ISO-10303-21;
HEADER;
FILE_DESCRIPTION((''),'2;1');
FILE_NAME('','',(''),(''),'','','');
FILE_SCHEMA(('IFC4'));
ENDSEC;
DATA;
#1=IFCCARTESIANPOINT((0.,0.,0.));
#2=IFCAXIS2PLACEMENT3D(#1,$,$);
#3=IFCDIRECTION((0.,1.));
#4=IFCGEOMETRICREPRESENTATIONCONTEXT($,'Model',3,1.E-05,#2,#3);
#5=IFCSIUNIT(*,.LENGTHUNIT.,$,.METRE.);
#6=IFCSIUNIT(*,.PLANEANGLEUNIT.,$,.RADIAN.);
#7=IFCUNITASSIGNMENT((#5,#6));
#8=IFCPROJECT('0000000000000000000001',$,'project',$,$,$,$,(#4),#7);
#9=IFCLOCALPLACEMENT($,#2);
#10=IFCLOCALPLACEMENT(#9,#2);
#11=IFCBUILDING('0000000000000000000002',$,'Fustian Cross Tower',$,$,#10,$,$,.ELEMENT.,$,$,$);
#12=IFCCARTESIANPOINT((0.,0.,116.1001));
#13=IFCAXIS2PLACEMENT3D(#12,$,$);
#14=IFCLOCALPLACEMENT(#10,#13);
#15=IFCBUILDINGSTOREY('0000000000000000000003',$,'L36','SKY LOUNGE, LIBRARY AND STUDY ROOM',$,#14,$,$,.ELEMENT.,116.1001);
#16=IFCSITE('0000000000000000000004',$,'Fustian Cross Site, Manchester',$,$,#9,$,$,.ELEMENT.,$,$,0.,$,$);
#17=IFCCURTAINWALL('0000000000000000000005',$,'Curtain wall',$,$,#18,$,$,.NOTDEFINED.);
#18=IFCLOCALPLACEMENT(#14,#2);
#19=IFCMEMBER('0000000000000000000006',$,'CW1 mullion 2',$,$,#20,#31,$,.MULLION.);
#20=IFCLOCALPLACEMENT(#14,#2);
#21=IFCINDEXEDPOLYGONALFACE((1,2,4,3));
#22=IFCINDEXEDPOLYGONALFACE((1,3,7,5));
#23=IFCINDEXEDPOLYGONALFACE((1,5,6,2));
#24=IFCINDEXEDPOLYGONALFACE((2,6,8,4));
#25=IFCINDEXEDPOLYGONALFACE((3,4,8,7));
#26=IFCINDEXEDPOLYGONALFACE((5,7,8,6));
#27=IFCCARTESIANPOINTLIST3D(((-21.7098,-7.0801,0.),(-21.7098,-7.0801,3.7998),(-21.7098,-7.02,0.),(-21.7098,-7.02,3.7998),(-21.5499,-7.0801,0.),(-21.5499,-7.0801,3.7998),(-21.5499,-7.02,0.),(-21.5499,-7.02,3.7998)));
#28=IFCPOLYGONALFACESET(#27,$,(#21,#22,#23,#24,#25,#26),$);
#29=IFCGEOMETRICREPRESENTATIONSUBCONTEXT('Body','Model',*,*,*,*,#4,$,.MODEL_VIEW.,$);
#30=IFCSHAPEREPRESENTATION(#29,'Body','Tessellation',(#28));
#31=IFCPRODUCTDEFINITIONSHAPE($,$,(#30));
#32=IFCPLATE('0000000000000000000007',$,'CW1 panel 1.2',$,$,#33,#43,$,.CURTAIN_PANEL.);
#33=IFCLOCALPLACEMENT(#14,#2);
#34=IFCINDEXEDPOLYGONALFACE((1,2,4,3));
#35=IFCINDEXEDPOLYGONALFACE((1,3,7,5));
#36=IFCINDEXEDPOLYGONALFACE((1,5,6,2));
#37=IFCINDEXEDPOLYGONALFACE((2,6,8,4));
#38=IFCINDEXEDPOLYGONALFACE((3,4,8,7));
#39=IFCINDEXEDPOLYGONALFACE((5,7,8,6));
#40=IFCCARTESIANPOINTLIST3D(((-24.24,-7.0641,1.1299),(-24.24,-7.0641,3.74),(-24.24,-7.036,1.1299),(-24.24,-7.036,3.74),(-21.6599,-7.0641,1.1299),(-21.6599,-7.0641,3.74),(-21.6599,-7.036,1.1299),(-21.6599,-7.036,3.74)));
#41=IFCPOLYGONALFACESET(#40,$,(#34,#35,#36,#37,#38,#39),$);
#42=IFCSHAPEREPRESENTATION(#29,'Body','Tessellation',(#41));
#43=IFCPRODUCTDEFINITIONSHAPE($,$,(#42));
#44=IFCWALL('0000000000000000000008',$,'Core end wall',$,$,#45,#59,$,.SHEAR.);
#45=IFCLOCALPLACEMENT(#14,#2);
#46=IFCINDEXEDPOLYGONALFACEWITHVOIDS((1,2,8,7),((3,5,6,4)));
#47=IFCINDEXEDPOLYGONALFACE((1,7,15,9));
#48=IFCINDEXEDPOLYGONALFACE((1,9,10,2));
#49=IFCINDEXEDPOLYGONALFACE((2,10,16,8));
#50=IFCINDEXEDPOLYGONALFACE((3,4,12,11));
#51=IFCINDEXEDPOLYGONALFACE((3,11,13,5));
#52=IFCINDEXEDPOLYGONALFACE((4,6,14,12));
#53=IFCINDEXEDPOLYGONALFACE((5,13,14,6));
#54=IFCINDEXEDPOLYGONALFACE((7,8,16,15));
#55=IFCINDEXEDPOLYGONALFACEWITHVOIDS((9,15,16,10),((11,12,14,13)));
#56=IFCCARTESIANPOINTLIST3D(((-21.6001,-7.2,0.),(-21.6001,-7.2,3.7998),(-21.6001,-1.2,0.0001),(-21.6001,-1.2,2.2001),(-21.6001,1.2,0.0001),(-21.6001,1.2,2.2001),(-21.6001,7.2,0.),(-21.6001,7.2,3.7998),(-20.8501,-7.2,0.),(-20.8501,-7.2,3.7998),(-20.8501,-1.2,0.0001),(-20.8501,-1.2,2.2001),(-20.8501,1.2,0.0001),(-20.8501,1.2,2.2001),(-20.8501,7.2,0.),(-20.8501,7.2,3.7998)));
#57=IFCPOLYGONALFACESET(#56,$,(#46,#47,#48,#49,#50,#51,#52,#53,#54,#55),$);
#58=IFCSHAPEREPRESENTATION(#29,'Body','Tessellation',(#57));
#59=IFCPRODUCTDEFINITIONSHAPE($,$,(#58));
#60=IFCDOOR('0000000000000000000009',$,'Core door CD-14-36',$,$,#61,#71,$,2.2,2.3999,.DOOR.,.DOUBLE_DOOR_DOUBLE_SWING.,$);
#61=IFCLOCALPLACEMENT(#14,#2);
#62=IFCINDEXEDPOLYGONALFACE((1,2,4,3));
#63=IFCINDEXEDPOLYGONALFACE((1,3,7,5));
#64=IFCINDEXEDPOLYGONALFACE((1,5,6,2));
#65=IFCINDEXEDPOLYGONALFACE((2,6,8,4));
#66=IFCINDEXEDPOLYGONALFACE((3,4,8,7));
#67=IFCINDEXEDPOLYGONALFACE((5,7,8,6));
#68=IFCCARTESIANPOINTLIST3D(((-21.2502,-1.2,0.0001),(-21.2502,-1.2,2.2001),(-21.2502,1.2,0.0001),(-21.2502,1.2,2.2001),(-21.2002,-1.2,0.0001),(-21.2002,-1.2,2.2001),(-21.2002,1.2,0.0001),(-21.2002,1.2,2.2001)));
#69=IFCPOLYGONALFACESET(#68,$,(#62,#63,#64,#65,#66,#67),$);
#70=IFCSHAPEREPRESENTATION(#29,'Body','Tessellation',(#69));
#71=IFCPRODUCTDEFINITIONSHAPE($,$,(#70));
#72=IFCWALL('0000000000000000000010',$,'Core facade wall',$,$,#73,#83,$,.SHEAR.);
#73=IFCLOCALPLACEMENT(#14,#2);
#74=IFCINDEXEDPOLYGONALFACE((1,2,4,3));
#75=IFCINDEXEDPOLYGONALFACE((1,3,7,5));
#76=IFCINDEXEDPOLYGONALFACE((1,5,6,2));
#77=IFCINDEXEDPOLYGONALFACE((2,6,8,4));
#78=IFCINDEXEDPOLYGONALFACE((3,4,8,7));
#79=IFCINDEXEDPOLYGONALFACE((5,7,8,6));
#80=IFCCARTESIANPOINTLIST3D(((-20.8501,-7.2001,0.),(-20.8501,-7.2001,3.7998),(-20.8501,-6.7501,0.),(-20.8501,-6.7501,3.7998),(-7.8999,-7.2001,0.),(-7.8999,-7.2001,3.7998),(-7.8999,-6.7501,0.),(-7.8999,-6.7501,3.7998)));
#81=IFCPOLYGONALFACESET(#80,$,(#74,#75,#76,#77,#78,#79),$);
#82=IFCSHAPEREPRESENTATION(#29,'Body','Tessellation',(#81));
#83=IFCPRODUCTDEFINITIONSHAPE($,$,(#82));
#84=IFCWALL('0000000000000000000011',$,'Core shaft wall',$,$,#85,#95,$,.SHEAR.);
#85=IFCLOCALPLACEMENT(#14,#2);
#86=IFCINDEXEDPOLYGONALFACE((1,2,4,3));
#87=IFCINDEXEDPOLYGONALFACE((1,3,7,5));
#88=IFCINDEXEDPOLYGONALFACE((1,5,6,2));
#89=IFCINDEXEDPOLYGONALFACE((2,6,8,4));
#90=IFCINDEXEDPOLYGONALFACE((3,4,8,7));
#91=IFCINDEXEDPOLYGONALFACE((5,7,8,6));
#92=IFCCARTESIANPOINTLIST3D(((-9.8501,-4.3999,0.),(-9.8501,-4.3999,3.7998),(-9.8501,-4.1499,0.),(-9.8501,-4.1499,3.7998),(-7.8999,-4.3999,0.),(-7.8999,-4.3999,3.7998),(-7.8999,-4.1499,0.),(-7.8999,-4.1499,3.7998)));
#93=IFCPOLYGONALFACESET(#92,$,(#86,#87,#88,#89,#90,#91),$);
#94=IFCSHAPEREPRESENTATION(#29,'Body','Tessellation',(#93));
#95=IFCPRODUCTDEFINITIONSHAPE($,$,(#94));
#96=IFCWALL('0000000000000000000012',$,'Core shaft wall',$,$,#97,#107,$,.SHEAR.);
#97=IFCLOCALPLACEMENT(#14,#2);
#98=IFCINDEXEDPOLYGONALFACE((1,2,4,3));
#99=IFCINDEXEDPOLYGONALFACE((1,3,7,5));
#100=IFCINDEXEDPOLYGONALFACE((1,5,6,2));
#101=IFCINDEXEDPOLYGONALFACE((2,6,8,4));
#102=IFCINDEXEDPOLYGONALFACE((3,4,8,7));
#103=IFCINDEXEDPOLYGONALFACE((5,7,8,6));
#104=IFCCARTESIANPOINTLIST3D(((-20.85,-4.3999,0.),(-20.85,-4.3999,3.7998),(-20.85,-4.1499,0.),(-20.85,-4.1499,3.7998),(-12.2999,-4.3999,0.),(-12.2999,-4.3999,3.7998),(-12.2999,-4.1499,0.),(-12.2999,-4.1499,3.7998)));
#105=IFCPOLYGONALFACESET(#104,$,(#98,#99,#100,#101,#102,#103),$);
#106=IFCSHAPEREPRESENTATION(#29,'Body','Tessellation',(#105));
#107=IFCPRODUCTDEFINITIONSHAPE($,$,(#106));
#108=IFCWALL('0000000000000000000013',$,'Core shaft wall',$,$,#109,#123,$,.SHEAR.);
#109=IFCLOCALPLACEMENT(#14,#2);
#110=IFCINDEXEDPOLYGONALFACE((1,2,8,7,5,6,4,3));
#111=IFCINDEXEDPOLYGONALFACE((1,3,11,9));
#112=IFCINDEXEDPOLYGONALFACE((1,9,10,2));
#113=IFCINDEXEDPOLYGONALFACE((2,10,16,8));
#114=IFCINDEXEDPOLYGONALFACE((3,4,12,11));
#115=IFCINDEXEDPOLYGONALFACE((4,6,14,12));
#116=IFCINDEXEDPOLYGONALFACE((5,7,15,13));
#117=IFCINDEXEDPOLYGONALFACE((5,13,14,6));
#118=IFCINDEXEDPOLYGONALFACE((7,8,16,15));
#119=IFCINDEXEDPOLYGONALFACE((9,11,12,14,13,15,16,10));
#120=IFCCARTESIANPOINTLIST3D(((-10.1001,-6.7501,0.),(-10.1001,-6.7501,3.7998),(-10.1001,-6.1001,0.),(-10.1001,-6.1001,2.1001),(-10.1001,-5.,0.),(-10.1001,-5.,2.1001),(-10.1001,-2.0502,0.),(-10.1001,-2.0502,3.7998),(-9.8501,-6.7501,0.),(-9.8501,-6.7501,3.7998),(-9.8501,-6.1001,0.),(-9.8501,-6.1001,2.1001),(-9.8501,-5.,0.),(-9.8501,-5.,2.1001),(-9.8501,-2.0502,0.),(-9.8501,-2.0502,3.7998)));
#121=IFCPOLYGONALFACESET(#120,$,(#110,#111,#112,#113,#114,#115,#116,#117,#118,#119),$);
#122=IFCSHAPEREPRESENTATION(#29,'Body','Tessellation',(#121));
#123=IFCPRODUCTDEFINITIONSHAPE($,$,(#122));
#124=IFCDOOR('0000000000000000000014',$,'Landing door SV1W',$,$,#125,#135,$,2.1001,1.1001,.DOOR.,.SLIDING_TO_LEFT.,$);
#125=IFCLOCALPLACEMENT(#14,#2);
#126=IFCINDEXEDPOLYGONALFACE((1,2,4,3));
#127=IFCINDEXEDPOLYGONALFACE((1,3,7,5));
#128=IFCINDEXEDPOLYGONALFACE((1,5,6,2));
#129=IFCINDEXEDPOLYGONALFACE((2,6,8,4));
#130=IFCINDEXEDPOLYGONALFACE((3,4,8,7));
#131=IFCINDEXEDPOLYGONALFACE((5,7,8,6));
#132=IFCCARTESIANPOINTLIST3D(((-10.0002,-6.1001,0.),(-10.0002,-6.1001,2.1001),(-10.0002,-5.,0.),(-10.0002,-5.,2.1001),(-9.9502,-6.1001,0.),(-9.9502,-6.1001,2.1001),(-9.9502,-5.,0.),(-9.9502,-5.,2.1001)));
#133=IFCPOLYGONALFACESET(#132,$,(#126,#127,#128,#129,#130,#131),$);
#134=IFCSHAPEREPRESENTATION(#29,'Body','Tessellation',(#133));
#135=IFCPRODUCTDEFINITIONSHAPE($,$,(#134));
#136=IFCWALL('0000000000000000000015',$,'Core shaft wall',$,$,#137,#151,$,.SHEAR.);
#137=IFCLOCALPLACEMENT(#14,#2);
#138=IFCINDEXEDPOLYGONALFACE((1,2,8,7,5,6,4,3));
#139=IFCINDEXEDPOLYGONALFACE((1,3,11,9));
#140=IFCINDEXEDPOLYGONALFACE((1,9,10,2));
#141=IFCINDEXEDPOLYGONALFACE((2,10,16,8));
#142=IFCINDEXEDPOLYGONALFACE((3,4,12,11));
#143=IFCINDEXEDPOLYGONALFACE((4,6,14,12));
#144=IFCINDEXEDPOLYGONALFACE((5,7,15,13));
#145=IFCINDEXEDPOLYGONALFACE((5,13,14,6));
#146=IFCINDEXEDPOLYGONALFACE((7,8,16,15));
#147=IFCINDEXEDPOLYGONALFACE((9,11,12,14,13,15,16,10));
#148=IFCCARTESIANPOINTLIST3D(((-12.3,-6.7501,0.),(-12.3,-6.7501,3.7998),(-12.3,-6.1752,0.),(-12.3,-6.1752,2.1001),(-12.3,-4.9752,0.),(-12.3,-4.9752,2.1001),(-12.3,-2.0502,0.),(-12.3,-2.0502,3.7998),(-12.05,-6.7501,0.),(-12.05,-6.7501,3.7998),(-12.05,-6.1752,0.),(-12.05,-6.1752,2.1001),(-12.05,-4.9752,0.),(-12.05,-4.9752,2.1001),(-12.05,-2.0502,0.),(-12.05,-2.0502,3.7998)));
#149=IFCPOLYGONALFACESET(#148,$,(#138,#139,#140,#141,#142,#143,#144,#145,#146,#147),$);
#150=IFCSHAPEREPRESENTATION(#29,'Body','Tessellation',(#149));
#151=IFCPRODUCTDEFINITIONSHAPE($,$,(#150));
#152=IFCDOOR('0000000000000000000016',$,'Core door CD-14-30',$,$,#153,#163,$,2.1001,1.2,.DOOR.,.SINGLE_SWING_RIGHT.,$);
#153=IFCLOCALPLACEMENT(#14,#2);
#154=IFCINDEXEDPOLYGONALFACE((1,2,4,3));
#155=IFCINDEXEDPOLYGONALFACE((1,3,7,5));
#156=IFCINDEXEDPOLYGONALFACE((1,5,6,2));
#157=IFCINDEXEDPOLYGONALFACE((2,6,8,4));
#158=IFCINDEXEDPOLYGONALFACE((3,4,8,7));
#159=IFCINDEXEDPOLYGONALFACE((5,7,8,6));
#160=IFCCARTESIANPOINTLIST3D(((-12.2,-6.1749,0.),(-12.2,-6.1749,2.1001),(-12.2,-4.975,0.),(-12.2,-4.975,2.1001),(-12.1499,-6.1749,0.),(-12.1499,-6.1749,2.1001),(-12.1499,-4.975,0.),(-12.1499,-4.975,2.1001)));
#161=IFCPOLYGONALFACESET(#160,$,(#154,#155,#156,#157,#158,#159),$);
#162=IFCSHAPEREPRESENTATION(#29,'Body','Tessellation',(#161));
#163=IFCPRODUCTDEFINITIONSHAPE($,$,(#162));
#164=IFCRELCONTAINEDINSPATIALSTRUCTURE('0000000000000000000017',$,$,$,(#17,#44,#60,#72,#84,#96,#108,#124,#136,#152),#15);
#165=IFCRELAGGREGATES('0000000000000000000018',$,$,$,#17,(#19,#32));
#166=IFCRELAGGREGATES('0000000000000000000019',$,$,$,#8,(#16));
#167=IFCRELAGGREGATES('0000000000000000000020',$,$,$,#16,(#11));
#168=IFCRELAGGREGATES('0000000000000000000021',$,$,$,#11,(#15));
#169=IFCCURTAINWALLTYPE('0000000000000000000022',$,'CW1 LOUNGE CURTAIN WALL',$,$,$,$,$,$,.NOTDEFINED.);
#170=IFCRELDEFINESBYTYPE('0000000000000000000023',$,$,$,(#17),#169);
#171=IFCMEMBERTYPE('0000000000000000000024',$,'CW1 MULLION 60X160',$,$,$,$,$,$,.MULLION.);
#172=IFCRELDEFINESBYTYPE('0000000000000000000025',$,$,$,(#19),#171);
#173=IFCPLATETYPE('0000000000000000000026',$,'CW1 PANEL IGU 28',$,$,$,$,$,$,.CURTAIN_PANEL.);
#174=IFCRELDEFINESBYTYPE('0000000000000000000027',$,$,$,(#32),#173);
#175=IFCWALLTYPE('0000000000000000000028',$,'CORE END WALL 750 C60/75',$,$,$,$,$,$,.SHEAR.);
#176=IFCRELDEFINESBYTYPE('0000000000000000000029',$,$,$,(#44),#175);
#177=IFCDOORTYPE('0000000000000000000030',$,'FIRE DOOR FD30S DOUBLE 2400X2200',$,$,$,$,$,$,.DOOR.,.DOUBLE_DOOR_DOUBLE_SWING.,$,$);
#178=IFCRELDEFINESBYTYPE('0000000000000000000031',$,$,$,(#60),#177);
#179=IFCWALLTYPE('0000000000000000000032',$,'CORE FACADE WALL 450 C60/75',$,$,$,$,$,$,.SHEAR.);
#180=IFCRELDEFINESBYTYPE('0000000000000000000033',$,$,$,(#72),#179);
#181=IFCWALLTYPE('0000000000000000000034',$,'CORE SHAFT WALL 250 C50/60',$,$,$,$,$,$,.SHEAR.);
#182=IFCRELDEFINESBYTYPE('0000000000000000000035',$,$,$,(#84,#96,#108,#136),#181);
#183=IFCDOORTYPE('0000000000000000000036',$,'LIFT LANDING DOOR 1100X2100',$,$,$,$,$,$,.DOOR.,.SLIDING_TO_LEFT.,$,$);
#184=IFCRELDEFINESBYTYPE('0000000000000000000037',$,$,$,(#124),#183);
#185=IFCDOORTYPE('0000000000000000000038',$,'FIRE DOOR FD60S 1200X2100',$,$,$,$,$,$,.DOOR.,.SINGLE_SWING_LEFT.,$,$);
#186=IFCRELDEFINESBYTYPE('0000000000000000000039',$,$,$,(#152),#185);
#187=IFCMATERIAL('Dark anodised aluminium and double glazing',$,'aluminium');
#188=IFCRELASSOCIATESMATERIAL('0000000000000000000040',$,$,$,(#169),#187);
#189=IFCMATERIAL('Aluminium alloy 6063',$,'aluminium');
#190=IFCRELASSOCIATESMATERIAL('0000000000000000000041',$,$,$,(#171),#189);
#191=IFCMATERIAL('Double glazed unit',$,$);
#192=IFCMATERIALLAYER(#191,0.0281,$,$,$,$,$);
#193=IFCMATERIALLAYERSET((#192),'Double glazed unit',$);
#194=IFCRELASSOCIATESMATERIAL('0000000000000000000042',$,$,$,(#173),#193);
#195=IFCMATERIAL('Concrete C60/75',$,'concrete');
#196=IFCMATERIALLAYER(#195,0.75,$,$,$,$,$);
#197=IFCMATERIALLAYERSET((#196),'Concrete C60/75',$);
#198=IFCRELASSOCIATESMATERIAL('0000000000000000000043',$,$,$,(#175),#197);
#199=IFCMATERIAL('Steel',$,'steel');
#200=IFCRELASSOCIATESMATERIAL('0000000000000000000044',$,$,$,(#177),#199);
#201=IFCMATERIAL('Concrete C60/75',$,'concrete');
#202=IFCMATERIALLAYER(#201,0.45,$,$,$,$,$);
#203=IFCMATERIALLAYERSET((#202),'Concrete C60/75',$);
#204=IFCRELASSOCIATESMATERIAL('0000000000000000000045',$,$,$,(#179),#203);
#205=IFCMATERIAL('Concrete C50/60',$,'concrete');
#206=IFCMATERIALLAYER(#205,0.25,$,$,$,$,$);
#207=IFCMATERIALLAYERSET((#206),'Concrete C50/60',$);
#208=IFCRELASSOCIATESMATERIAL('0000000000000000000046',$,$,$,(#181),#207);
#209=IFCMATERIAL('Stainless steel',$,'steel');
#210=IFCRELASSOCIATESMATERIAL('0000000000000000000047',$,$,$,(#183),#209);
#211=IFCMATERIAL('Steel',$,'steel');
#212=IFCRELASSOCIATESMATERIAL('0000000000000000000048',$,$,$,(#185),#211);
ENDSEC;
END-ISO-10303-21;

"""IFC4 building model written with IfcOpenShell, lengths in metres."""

from ifc_helpers import new_model, si_unit, direction, frame, frame_2d, origin, origin_2d, place, context, subcontext, project, spatial, rectangle, extrude, material, layer, layer_set, material_profile, profile_set, type_object, element, fill, aggregate, save


model = new_model("IFC4")

# Units and contexts
model_context = context("Model", 3, precision=1e-05, world=origin(), true_north=direction((0.0, 1.0)))
body_context = subcontext(model_context, "Body", "Model", "MODEL_VIEW")
ifc_project = project(units=[si_unit("LENGTHUNIT", "METRE"), si_unit("PLANEANGLEUNIT", "RADIAN")], contexts=[model_context])

# Site, building, storey
site_placement = place(None, origin())
site = spatial("IfcSite", under=ifc_project, at=site_placement, Name="Fustian Cross Site, Manchester", CompositionType="ELEMENT", RefElevation=0.0)
building_placement = place(site_placement, origin())
building = spatial("IfcBuilding", under=site, at=building_placement, Name="Fustian Cross Tower", CompositionType="ELEMENT")
storey_placement = place(building_placement, frame((0.0, 0.0, 116.1001)))
storey = spatial("IfcBuildingStorey", under=building, at=storey_placement, Name="L36", Description="SKY LOUNGE, LIBRARY AND STUDY ROOM", CompositionType="ELEMENT", Elevation=116.1001)

# Curtain wall, member, plate
ifc_material_1 = material(Name="Dark anodised aluminium and double glazing", Category="aluminium")
curtain_wall_type = type_object("IfcCurtainWallType", Name="CW1 LOUNGE CURTAIN WALL", PredefinedType="NOTDEFINED", material=ifc_material_1)
curtain_wall_placement = place(storey_placement, origin())
curtain_wall = element("IfcCurtainWall", 1, at=curtain_wall_placement, inside=storey, type_object=curtain_wall_type, Name="Curtain wall", PredefinedType="NOTDEFINED")
ifc_material_2 = material(Name="Aluminium alloy 6063", Category="aluminium")
ifc_material_profile = material_profile(ifc_material_2, rectangle(XDim=0.0601, YDim=0.1599, at=origin_2d()), Name="CW1 MULLION 60X160")
ifc_profile_set = profile_set([ifc_material_profile], Name="Aluminium alloy 6063")
member_type = type_object("IfcMemberType", Name="CW1 MULLION 60X160", PredefinedType="MULLION", material=ifc_profile_set)
member_placement = place(storey_placement, frame((-21.6299, -7.05, 0.0), z_axis=(0.0, 0.0, 1.0), x_axis=(0.0, 1.0, 0.0)))
member = element("IfcMember", 2, at=member_placement, type_object=member_type, Name="CW1 mullion 2", PredefinedType="MULLION", context=body_context, shape_type="SweptSolid", body=[
    extrude(rectangle(XDim=0.0601, YDim=0.1599, at=origin_2d()), origin(), (0.0, 0.0, 1.0), 3.7998),
])
ifc_material_3 = material(Name="Double glazed unit")
ifc_layer_1 = layer(ifc_material_3, 0.0281)
ifc_layer_set_1 = layer_set([ifc_layer_1], Name="Double glazed unit")
plate_type = type_object("IfcPlateType", Name="CW1 PANEL IGU 28", PredefinedType="CURTAIN_PANEL", material=ifc_layer_set_1)
plate_placement = place(storey_placement, frame((-22.95, -7.05, 1.1299), z_axis=(0.0, 0.0, 1.0), x_axis=(1.0, 0.0, 0.0)))
plate = element("IfcPlate", 3, at=plate_placement, type_object=plate_type, Name="CW1 panel 1.2", PredefinedType="CURTAIN_PANEL", context=body_context, shape_type="SweptSolid", body=[
    extrude(rectangle(XDim=2.5801, YDim=0.0281, at=origin_2d()), origin(), (0.0, 0.0, 1.0), 2.6101),
])
aggregate(curtain_wall, [member, plate])

# Wall, opening, door
ifc_material_4 = material(Name="Concrete C60/75", Category="concrete")
ifc_layer_2 = layer(ifc_material_4, 0.75)
ifc_layer_set_2 = layer_set([ifc_layer_2], Name="Concrete C60/75")
wall_type_1 = type_object("IfcWallType", Name="CORE END WALL 750 C60/75", PredefinedType="SHEAR", material=ifc_layer_set_2)
wall_1_placement = place(storey_placement, frame((-21.2251, -7.2, 0.0), z_axis=(0.0, 0.0, 1.0), x_axis=(0.0, 1.0, 0.0)))
wall_1 = element("IfcWall", 4, at=wall_1_placement, inside=storey, type_object=wall_type_1, Name="Core end wall", PredefinedType="SHEAR", context=body_context, shape_type="SweptSolid", body=[
    extrude(rectangle(XDim=14.3999, YDim=0.75, at=frame_2d((7.2, 0.0))), origin(), (0.0, 0.0, 1.0), 3.7998),
])
opening_1_placement = place(wall_1_placement, frame((6.0, 0.0, 0.0)))
opening_1 = element("IfcOpeningElement", 5, at=opening_1_placement, cuts=wall_1, PredefinedType="OPENING", context=body_context, shape_type="SweptSolid", body=[
    extrude(rectangle(XDim=2.3999, YDim=2.2, at=frame_2d((1.2, 1.1001))), frame((0.0, 0.385, 0.0), z_axis=(0.0, -1.0, 0.0), x_axis=(1.0, 0.0, 0.0)), (0.0, 0.0, 1.0), 0.77),
])
ifc_material_5 = material(Name="Steel", Category="steel")
door_type_1 = type_object("IfcDoorType", Name="FIRE DOOR FD30S DOUBLE 2400X2200", OperationType="DOUBLE_DOOR_DOUBLE_SWING", PredefinedType="DOOR", material=ifc_material_5)
door_1_placement = place(opening_1_placement, frame((2.3999, 0.0, 0.0), z_axis=(0.0, 0.0, 1.0), x_axis=(-1.0, 0.0, 0.0)))
door_1 = element("IfcDoor", 6, at=door_1_placement, inside=storey, type_object=door_type_1, Name="Core door CD-14-36", OperationType="DOUBLE_DOOR_DOUBLE_SWING", OverallHeight=2.2, OverallWidth=2.3999, PredefinedType="DOOR", context=body_context, shape_type="SweptSolid", body=[
    extrude(rectangle(XDim=2.3999, YDim=2.2, at=frame_2d((1.2, 1.1001))), frame((0.0, 0.0249, 0.0), z_axis=(0.0, -1.0, 0.0), x_axis=(1.0, 0.0, 0.0)), (0.0, 0.0, 1.0), 0.05),
])
fill(opening_1, door_1)

# Walls
ifc_material_6 = material(Name="Concrete C60/75", Category="concrete")
ifc_layer_3 = layer(ifc_material_6, 0.45)
ifc_layer_set_3 = layer_set([ifc_layer_3], Name="Concrete C60/75")
wall_type_2 = type_object("IfcWallType", Name="CORE FACADE WALL 450 C60/75", PredefinedType="SHEAR", material=ifc_layer_set_3)
wall_2_placement = place(storey_placement, frame((-7.8999, -6.9751, 0.0), z_axis=(0.0, 0.0, 1.0), x_axis=(-1.0, 0.0, 0.0)))
element("IfcWall", 7, at=wall_2_placement, inside=storey, type_object=wall_type_2, Name="Core facade wall", PredefinedType="SHEAR", context=body_context, shape_type="SweptSolid", body=[
    extrude(rectangle(XDim=12.9502, YDim=0.45, at=frame_2d((6.4751, 0.0))), origin(), (0.0, 0.0, 1.0), 3.7998),
])
ifc_material_7 = material(Name="Concrete C50/60", Category="concrete")
ifc_layer_4 = layer(ifc_material_7, 0.25)
ifc_layer_set_4 = layer_set([ifc_layer_4], Name="Concrete C50/60")
wall_type_3 = type_object("IfcWallType", Name="CORE SHAFT WALL 250 C50/60", PredefinedType="SHEAR", material=ifc_layer_set_4)
wall_3_placement = place(storey_placement, frame((-7.8999, -4.2749, 0.0), z_axis=(0.0, 0.0, 1.0), x_axis=(-1.0, 0.0, 0.0)))
element("IfcWall", 8, at=wall_3_placement, inside=storey, type_object=wall_type_3, Name="Core shaft wall", PredefinedType="SHEAR", context=body_context, shape_type="SweptSolid", body=[
    extrude(rectangle(XDim=1.9502, YDim=0.25, at=frame_2d((0.9751, 0.0))), origin(), (0.0, 0.0, 1.0), 3.7998),
])
wall_4_placement = place(storey_placement, frame((-12.3, -4.2749, 0.0), z_axis=(0.0, 0.0, 1.0), x_axis=(-1.0, 0.0, 0.0)))
element("IfcWall", 9, at=wall_4_placement, inside=storey, type_object=wall_type_3, Name="Core shaft wall", PredefinedType="SHEAR", context=body_context, shape_type="SweptSolid", body=[
    extrude(rectangle(XDim=8.55, YDim=0.25, at=frame_2d((4.2749, 0.0))), origin(), (0.0, 0.0, 1.0), 3.7998),
])

# Walls, openings, doors
wall_5_placement = place(storey_placement, frame((-9.9751, -2.05, 0.0), z_axis=(0.0, 0.0, 1.0), x_axis=(0.0, -1.0, 0.0)))
wall_5 = element("IfcWall", 10, at=wall_5_placement, inside=storey, type_object=wall_type_3, Name="Core shaft wall", PredefinedType="SHEAR", context=body_context, shape_type="SweptSolid", body=[
    extrude(rectangle(XDim=4.7, YDim=0.25, at=frame_2d((2.3501, 0.0))), origin(), (0.0, 0.0, 1.0), 3.7998),
])
opening_2_placement = place(wall_5_placement, frame((2.95, 0.0, 0.0)))
opening_2 = element("IfcOpeningElement", 11, at=opening_2_placement, cuts=wall_5, PredefinedType="OPENING", context=body_context, shape_type="SweptSolid", body=[
    extrude(rectangle(XDim=1.1001, YDim=2.1001, at=frame_2d((0.55, 1.05))), frame((0.0, 0.135, 0.0), z_axis=(0.0, -1.0, 0.0), x_axis=(1.0, 0.0, 0.0)), (0.0, 0.0, 1.0), 0.27),
])
ifc_material_8 = material(Name="Stainless steel", Category="steel")
door_type_2 = type_object("IfcDoorType", Name="LIFT LANDING DOOR 1100X2100", OperationType="SLIDING_TO_LEFT", PredefinedType="DOOR", material=ifc_material_8)
door_2_placement = place(opening_2_placement, origin())
door_2 = element("IfcDoor", 12, at=door_2_placement, inside=storey, type_object=door_type_2, Name="Landing door SV1W", OperationType="SLIDING_TO_LEFT", OverallHeight=2.1001, OverallWidth=1.1001, PredefinedType="DOOR", context=body_context, shape_type="SweptSolid", body=[
    extrude(rectangle(XDim=1.1001, YDim=2.1001, at=frame_2d((0.55, 1.05))), frame((0.0, 0.0249, 0.0), z_axis=(0.0, -1.0, 0.0), x_axis=(1.0, 0.0, 0.0)), (0.0, 0.0, 1.0), 0.05),
])
fill(opening_2, door_2)
wall_6_placement = place(storey_placement, frame((-12.175, -2.05, 0.0), z_axis=(0.0, 0.0, 1.0), x_axis=(0.0, -1.0, 0.0)))
wall_6 = element("IfcWall", 13, at=wall_6_placement, inside=storey, type_object=wall_type_3, Name="Core shaft wall", PredefinedType="SHEAR", context=body_context, shape_type="SweptSolid", body=[
    extrude(rectangle(XDim=4.7, YDim=0.25, at=frame_2d((2.3501, 0.0))), origin(), (0.0, 0.0, 1.0), 3.7998),
])
opening_3_placement = place(wall_6_placement, frame((2.925, 0.0, 0.0)))
opening_3 = element("IfcOpeningElement", 14, at=opening_3_placement, cuts=wall_6, PredefinedType="OPENING", context=body_context, shape_type="SweptSolid", body=[
    extrude(rectangle(XDim=1.2, YDim=2.1001, at=frame_2d((0.6001, 1.05))), frame((0.0, 0.135, 0.0), z_axis=(0.0, -1.0, 0.0), x_axis=(1.0, 0.0, 0.0)), (0.0, 0.0, 1.0), 0.27),
])
ifc_material_9 = material(Name="Steel", Category="steel")
door_type_3 = type_object("IfcDoorType", Name="FIRE DOOR FD60S 1200X2100", OperationType="SINGLE_SWING_LEFT", PredefinedType="DOOR", material=ifc_material_9)
door_3_placement = place(opening_3_placement, frame((1.2, 0.0, 0.0), z_axis=(0.0, 0.0, 1.0), x_axis=(-1.0, 0.0, 0.0)))
door_3 = element("IfcDoor", 15, at=door_3_placement, inside=storey, type_object=door_type_3, Name="Core door CD-14-30", OperationType="SINGLE_SWING_RIGHT", OverallHeight=2.1001, OverallWidth=1.2, PredefinedType="DOOR", context=body_context, shape_type="SweptSolid", body=[
    extrude(rectangle(XDim=1.2, YDim=2.1001, at=frame_2d((0.6001, 1.05))), frame((0.0, 0.0249, 0.0), z_axis=(0.0, -1.0, 0.0), x_axis=(1.0, 0.0, 0.0)), (0.0, 0.0, 1.0), 0.05),
])
fill(opening_3, door_3)

save(model, "model.ifc")
